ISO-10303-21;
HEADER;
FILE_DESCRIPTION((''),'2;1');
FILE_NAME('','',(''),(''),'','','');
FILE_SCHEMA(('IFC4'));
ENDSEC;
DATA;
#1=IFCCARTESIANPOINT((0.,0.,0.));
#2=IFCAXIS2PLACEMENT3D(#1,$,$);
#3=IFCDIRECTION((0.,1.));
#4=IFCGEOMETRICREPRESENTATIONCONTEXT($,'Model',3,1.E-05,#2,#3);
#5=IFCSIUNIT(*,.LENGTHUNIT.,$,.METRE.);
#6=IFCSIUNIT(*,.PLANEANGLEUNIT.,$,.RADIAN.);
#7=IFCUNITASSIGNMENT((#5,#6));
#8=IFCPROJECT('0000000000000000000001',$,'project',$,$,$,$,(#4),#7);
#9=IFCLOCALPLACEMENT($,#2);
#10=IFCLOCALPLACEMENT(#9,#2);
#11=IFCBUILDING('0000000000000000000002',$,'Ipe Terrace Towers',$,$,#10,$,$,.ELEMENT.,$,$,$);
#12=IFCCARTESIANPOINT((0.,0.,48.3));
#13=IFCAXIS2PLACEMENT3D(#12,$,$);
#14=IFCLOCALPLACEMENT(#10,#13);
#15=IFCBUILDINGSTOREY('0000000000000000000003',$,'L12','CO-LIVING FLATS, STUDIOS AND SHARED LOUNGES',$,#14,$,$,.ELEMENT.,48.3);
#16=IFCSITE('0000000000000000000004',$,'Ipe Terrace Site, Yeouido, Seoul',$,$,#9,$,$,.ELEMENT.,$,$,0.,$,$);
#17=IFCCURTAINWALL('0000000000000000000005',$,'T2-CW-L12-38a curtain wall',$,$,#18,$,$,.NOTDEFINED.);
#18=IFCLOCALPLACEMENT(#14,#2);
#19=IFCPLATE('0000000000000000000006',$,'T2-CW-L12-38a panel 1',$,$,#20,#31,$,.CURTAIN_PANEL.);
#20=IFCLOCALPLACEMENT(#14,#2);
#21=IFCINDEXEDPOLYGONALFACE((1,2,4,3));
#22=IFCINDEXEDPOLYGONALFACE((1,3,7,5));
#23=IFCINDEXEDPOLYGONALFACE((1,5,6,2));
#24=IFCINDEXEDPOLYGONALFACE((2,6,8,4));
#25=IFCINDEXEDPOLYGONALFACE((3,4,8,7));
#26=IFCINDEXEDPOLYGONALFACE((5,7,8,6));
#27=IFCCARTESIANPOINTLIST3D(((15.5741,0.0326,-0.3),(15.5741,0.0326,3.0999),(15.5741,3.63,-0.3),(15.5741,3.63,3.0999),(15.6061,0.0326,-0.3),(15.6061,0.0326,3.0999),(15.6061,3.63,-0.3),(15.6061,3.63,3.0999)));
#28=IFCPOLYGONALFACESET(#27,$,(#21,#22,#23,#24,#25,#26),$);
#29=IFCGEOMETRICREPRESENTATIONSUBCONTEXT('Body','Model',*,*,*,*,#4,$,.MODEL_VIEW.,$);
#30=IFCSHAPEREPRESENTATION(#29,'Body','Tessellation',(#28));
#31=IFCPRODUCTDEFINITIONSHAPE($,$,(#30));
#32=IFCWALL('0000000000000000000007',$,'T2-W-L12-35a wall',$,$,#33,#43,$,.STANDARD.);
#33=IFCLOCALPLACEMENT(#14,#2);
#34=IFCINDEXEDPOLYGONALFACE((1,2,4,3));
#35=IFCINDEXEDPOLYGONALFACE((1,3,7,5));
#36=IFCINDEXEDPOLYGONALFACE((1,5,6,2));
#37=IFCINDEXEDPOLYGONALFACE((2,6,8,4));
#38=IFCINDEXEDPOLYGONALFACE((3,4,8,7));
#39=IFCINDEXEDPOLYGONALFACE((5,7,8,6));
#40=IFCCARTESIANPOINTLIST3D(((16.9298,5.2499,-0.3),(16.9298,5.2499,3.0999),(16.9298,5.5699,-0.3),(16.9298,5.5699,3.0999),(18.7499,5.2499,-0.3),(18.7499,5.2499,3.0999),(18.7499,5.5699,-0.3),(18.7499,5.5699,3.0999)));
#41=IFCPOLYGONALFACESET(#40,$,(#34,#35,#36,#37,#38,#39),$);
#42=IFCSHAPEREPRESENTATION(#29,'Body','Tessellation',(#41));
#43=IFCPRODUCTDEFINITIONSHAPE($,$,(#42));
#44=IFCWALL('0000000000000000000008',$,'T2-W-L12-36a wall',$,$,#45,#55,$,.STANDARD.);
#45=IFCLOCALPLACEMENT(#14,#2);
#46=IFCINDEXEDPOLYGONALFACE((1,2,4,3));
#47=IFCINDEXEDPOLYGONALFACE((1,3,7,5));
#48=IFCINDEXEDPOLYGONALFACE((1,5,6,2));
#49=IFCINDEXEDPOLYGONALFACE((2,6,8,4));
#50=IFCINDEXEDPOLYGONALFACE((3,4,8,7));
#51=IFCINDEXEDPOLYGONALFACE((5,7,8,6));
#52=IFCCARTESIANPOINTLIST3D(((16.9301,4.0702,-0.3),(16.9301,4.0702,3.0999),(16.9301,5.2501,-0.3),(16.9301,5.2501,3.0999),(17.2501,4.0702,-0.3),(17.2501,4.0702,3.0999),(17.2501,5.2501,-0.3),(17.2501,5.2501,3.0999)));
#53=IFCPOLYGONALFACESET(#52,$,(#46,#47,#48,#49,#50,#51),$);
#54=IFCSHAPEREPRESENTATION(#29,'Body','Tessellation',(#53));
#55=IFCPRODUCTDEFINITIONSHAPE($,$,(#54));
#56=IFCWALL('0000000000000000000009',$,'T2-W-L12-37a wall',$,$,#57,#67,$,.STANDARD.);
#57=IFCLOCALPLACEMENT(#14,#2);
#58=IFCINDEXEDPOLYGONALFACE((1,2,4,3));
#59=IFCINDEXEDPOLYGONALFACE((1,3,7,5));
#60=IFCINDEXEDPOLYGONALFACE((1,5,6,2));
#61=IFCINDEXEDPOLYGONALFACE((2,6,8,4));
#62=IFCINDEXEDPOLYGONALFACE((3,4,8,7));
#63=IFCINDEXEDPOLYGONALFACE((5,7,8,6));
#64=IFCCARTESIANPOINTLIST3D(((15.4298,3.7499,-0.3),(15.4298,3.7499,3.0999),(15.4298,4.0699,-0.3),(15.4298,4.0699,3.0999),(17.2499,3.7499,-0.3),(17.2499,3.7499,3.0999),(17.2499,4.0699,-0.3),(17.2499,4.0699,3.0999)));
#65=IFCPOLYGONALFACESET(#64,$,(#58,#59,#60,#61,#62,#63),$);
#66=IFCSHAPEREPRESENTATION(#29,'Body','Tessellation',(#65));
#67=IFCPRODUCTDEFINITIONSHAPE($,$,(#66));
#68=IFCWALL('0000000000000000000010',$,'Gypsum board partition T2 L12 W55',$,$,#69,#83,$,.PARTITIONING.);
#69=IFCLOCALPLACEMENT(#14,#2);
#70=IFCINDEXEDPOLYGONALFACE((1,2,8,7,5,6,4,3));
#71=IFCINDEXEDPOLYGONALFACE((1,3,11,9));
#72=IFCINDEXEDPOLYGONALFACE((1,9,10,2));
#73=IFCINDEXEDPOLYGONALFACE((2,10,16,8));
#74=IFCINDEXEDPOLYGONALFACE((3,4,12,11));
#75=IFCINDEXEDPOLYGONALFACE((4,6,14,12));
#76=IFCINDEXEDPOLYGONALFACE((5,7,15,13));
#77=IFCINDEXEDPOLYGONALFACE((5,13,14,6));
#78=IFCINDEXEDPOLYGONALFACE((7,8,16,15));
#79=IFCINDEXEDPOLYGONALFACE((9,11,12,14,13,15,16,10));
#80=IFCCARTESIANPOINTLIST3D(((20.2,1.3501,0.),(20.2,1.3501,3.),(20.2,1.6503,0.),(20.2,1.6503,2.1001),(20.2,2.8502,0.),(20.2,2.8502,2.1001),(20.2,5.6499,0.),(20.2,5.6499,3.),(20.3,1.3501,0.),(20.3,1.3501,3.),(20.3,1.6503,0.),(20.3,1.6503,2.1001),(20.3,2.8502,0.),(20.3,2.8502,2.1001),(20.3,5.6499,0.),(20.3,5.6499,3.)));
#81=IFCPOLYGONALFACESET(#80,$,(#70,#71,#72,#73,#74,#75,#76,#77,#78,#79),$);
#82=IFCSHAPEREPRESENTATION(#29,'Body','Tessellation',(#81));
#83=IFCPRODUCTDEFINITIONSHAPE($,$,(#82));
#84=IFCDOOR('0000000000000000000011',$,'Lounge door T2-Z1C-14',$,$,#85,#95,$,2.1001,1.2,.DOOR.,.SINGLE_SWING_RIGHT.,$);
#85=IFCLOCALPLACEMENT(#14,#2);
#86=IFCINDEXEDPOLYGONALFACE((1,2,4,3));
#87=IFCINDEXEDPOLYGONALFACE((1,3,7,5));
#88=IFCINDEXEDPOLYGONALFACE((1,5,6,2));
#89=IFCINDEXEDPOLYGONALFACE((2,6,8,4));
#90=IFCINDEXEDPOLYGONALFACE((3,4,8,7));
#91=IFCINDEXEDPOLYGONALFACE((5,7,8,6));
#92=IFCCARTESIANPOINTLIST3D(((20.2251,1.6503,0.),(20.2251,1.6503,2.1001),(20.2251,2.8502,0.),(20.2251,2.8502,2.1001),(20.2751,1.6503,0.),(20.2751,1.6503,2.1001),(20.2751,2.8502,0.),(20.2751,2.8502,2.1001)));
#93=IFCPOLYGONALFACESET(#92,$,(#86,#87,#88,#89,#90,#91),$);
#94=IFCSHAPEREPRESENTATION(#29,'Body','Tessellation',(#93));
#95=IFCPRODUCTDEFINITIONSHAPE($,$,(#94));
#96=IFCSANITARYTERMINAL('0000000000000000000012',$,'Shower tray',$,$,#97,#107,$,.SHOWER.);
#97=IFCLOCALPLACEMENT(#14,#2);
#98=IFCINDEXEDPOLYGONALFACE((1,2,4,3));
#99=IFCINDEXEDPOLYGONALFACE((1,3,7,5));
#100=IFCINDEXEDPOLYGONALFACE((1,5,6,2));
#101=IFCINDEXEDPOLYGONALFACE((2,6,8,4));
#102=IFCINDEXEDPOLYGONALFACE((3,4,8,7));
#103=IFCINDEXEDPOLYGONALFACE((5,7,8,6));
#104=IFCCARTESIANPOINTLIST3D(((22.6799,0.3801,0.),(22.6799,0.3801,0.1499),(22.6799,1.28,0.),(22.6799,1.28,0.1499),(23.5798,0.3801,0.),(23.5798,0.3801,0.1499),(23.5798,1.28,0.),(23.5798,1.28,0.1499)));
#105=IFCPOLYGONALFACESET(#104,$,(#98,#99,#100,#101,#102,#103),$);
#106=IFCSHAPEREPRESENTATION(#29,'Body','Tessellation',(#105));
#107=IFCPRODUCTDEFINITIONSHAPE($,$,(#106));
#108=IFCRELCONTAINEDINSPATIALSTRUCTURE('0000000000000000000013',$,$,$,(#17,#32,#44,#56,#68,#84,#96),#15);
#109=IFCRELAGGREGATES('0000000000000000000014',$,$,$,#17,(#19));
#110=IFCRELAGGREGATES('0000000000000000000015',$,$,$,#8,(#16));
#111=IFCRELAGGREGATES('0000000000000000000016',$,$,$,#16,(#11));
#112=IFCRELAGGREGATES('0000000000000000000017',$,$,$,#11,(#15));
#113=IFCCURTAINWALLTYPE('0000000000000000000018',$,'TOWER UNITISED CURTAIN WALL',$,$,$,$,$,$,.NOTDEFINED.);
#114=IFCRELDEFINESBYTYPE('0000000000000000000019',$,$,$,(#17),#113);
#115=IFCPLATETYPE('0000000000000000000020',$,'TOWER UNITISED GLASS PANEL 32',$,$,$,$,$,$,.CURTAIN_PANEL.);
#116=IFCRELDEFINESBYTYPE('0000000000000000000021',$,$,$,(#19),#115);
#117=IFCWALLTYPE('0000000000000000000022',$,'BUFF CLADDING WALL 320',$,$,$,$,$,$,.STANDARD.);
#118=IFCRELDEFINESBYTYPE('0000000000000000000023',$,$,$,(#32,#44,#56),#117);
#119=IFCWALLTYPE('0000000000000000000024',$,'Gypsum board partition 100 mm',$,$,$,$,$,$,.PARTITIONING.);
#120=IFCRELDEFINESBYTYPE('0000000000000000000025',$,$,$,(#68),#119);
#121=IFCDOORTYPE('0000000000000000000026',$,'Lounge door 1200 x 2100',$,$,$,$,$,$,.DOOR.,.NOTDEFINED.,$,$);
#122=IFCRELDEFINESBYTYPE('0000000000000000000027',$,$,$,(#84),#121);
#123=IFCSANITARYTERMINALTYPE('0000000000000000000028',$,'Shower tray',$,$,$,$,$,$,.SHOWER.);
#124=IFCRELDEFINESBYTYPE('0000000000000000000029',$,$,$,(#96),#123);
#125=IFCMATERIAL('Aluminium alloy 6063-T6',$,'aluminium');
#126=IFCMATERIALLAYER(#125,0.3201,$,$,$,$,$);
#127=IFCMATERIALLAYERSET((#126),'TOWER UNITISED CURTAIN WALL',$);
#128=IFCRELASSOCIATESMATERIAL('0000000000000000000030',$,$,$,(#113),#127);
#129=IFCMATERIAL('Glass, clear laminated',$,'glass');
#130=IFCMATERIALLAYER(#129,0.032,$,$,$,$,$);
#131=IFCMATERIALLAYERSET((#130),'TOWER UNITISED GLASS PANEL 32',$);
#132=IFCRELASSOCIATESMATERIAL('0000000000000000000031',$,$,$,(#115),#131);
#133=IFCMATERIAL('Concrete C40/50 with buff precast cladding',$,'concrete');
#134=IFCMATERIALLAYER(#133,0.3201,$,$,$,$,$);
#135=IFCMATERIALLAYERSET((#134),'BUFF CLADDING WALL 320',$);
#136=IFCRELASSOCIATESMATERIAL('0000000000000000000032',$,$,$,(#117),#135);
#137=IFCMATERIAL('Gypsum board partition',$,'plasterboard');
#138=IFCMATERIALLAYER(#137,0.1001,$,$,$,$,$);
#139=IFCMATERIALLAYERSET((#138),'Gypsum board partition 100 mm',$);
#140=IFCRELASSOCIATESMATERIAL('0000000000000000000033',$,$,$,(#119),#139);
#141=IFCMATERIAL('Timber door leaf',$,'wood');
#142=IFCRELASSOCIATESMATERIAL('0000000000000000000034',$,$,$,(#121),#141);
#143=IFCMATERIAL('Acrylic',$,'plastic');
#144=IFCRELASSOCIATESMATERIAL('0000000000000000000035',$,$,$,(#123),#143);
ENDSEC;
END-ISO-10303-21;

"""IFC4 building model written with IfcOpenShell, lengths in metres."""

from ifc_helpers import new_model, si_unit, direction, frame, frame_2d, origin, origin_2d, place, context, subcontext, project, spatial, rectangle, extrude, material, layer, layer_set, type_object, element, fill, aggregate, save


model = new_model("IFC4")

# Units and contexts
model_context = context("Model", 3, precision=1e-05, world=origin(), true_north=direction((0.0, 1.0)))
body_context = subcontext(model_context, "Body", "Model", "MODEL_VIEW")
ifc_project = project(units=[si_unit("LENGTHUNIT", "METRE"), si_unit("PLANEANGLEUNIT", "RADIAN")], contexts=[model_context])

# Site, building, storey
site_placement = place(None, origin())
site = spatial("IfcSite", under=ifc_project, at=site_placement, Name="Ipe Terrace Site, Yeouido, Seoul", CompositionType="ELEMENT", RefElevation=0.0)
building_placement = place(site_placement, origin())
building = spatial("IfcBuilding", under=site, at=building_placement, Name="Ipe Terrace Towers", CompositionType="ELEMENT")
storey_placement = place(building_placement, frame((0.0, 0.0, 48.3)))
storey = spatial("IfcBuildingStorey", under=building, at=storey_placement, Name="L12", Description="CO-LIVING FLATS, STUDIOS AND SHARED LOUNGES", CompositionType="ELEMENT", Elevation=48.3)

# Shared definitions
ifc_material_1 = material(Name="Aluminium alloy 6063-T6", Category="aluminium")
ifc_layer_1 = layer(ifc_material_1, 0.3201)
ifc_layer_set_1 = layer_set([ifc_layer_1], Name="TOWER UNITISED CURTAIN WALL")
curtain_wall_type = type_object("IfcCurtainWallType", Name="TOWER UNITISED CURTAIN WALL", PredefinedType="NOTDEFINED", material=ifc_layer_set_1)

# Curtain wall
curtain_wall_1_placement = place(storey_placement, origin())
curtain_wall_1 = element("IfcCurtainWall", 1, at=curtain_wall_1_placement, inside=storey, type_object=curtain_wall_type, Name="T2-CW-L12-38a curtain wall", PredefinedType="NOTDEFINED")

# Plate
ifc_material_2 = material(Name="Glass, clear laminated", Category="glass")
ifc_layer_2 = layer(ifc_material_2, 0.032)
ifc_layer_set_2 = layer_set([ifc_layer_2], Name="TOWER UNITISED GLASS PANEL 32")
plate_type = type_object("IfcPlateType", Name="TOWER UNITISED GLASS PANEL 32", PredefinedType="CURTAIN_PANEL", material=ifc_layer_set_2)
plate_1_placement = place(storey_placement, frame((15.5901, 1.8313, -0.3), z_axis=(0.0, 0.0, 1.0), x_axis=(0.0, -1.0, 0.0)))
plate_1 = element("IfcPlate", 2, at=plate_1_placement, type_object=plate_type, Name="T2-CW-L12-38a panel 1", PredefinedType="CURTAIN_PANEL", context=body_context, shape_type="SweptSolid", body=[
    extrude(rectangle(XDim=3.5974, YDim=0.032, at=origin_2d()), origin(), (0.0, 0.0, 1.0), 3.3999),
])
aggregate(curtain_wall_1, [plate_1])

# Walls
ifc_material_3 = material(Name="Concrete C40/50 with buff precast cladding", Category="concrete")
ifc_layer_3 = layer(ifc_material_3, 0.3201)
ifc_layer_set_3 = layer_set([ifc_layer_3], Name="BUFF CLADDING WALL 320")
wall_type_1 = type_object("IfcWallType", Name="BUFF CLADDING WALL 320", PredefinedType="STANDARD", material=ifc_layer_set_3)
wall_1_placement = place(storey_placement, frame((18.75, 5.4099, -0.3), z_axis=(0.0, 0.0, 1.0), x_axis=(-1.0, 0.0, 0.0)))
element("IfcWall", 3, at=wall_1_placement, inside=storey, type_object=wall_type_1, Name="T2-W-L12-35a wall", PredefinedType="STANDARD", context=body_context, shape_type="SweptSolid", body=[
    extrude(rectangle(XDim=1.8201, YDim=0.3201, at=frame_2d((0.9102, 0.0))), origin(), (0.0, 0.0, 1.0), 3.3999),
])
wall_2_placement = place(storey_placement, frame((17.0901, 5.25, -0.3), z_axis=(0.0, 0.0, 1.0), x_axis=(0.0, -1.0, 0.0)))
element("IfcWall", 4, at=wall_2_placement, inside=storey, type_object=wall_type_1, Name="T2-W-L12-36a wall", PredefinedType="STANDARD", context=body_context, shape_type="SweptSolid", body=[
    extrude(rectangle(XDim=1.1799, YDim=0.3201, at=frame_2d((0.5898, 0.0))), origin(), (0.0, 0.0, 1.0), 3.3999),
])
wall_3_placement = place(storey_placement, frame((17.25, 3.9099, -0.3), z_axis=(0.0, 0.0, 1.0), x_axis=(-1.0, 0.0, 0.0)))
element("IfcWall", 5, at=wall_3_placement, inside=storey, type_object=wall_type_1, Name="T2-W-L12-37a wall", PredefinedType="STANDARD", context=body_context, shape_type="SweptSolid", body=[
    extrude(rectangle(XDim=1.8201, YDim=0.3201, at=frame_2d((0.9102, 0.0))), origin(), (0.0, 0.0, 1.0), 3.3999),
])

# Wall, opening, door
ifc_material_4 = material(Name="Gypsum board partition", Category="plasterboard")
ifc_layer_4 = layer(ifc_material_4, 0.1001)
ifc_layer_set_4 = layer_set([ifc_layer_4], Name="Gypsum board partition 100 mm")
wall_type_2 = type_object("IfcWallType", Name="Gypsum board partition 100 mm", PredefinedType="PARTITIONING", material=ifc_layer_set_4)
wall_4_placement = place(storey_placement, frame((20.25, 1.3501, 0.0), z_axis=(0.0, 0.0, 1.0), x_axis=(0.0, 1.0, 0.0)))
wall_4 = element("IfcWall", 6, at=wall_4_placement, inside=storey, type_object=wall_type_2, Name="Gypsum board partition T2 L12 W55", PredefinedType="PARTITIONING", context=body_context, shape_type="SweptSolid", body=[
    extrude(rectangle(XDim=4.2998, YDim=0.1001, at=frame_2d((2.1499, 0.0))), origin(), (0.0, 0.0, 1.0), 3.0),
])
opening_placement = place(wall_4_placement, frame((0.3, 0.0, 0.0)))
opening = element("IfcOpeningElement", 7, at=opening_placement, cuts=wall_4, PredefinedType="OPENING", context=body_context, shape_type="SweptSolid", body=[
    extrude(rectangle(XDim=1.2, YDim=2.1001, at=frame_2d((0.6001, 1.05))), frame((0.0, 0.0601, 0.0), z_axis=(0.0, -1.0, 0.0), x_axis=(1.0, 0.0, 0.0)), (0.0, 0.0, 1.0), 0.1201),
])
ifc_material_5 = material(Name="Timber door leaf", Category="wood")
door_type = type_object("IfcDoorType", Name="Lounge door 1200 x 2100", OperationType="NOTDEFINED", PredefinedType="DOOR", material=ifc_material_5)
door_placement = place(opening_placement, origin())
door = element("IfcDoor", 8, at=door_placement, inside=storey, type_object=door_type, Name="Lounge door T2-Z1C-14", OperationType="SINGLE_SWING_RIGHT", OverallHeight=2.1001, OverallWidth=1.2, PredefinedType="DOOR", context=body_context, shape_type="SweptSolid", body=[
    extrude(rectangle(XDim=1.2, YDim=2.1001, at=frame_2d((0.6001, 1.05))), frame((0.0, 0.0249, 0.0), z_axis=(0.0, -1.0, 0.0), x_axis=(1.0, 0.0, 0.0)), (0.0, 0.0, 1.0), 0.05),
])
fill(opening, door)

# Sanitary terminal
ifc_material_6 = material(Name="Acrylic", Category="plastic")
sanitary_terminal_type = type_object("IfcSanitaryTerminalType", Name="Shower tray", PredefinedType="SHOWER", material=ifc_material_6)
sanitary_terminal_placement = place(storey_placement, frame((23.1299, 0.8301, 0.0), z_axis=(0.0, 0.0, 1.0), x_axis=(0.0, -1.0, 0.0)))
element("IfcSanitaryTerminal", 9, at=sanitary_terminal_placement, inside=storey, type_object=sanitary_terminal_type, Name="Shower tray", PredefinedType="SHOWER", context=body_context, shape_type="SweptSolid", body=[
    extrude(rectangle(XDim=0.8999, YDim=0.8999, at=origin_2d()), origin(), (0.0, 0.0, 1.0), 0.1499),
])

save(model, "model.ifc")
